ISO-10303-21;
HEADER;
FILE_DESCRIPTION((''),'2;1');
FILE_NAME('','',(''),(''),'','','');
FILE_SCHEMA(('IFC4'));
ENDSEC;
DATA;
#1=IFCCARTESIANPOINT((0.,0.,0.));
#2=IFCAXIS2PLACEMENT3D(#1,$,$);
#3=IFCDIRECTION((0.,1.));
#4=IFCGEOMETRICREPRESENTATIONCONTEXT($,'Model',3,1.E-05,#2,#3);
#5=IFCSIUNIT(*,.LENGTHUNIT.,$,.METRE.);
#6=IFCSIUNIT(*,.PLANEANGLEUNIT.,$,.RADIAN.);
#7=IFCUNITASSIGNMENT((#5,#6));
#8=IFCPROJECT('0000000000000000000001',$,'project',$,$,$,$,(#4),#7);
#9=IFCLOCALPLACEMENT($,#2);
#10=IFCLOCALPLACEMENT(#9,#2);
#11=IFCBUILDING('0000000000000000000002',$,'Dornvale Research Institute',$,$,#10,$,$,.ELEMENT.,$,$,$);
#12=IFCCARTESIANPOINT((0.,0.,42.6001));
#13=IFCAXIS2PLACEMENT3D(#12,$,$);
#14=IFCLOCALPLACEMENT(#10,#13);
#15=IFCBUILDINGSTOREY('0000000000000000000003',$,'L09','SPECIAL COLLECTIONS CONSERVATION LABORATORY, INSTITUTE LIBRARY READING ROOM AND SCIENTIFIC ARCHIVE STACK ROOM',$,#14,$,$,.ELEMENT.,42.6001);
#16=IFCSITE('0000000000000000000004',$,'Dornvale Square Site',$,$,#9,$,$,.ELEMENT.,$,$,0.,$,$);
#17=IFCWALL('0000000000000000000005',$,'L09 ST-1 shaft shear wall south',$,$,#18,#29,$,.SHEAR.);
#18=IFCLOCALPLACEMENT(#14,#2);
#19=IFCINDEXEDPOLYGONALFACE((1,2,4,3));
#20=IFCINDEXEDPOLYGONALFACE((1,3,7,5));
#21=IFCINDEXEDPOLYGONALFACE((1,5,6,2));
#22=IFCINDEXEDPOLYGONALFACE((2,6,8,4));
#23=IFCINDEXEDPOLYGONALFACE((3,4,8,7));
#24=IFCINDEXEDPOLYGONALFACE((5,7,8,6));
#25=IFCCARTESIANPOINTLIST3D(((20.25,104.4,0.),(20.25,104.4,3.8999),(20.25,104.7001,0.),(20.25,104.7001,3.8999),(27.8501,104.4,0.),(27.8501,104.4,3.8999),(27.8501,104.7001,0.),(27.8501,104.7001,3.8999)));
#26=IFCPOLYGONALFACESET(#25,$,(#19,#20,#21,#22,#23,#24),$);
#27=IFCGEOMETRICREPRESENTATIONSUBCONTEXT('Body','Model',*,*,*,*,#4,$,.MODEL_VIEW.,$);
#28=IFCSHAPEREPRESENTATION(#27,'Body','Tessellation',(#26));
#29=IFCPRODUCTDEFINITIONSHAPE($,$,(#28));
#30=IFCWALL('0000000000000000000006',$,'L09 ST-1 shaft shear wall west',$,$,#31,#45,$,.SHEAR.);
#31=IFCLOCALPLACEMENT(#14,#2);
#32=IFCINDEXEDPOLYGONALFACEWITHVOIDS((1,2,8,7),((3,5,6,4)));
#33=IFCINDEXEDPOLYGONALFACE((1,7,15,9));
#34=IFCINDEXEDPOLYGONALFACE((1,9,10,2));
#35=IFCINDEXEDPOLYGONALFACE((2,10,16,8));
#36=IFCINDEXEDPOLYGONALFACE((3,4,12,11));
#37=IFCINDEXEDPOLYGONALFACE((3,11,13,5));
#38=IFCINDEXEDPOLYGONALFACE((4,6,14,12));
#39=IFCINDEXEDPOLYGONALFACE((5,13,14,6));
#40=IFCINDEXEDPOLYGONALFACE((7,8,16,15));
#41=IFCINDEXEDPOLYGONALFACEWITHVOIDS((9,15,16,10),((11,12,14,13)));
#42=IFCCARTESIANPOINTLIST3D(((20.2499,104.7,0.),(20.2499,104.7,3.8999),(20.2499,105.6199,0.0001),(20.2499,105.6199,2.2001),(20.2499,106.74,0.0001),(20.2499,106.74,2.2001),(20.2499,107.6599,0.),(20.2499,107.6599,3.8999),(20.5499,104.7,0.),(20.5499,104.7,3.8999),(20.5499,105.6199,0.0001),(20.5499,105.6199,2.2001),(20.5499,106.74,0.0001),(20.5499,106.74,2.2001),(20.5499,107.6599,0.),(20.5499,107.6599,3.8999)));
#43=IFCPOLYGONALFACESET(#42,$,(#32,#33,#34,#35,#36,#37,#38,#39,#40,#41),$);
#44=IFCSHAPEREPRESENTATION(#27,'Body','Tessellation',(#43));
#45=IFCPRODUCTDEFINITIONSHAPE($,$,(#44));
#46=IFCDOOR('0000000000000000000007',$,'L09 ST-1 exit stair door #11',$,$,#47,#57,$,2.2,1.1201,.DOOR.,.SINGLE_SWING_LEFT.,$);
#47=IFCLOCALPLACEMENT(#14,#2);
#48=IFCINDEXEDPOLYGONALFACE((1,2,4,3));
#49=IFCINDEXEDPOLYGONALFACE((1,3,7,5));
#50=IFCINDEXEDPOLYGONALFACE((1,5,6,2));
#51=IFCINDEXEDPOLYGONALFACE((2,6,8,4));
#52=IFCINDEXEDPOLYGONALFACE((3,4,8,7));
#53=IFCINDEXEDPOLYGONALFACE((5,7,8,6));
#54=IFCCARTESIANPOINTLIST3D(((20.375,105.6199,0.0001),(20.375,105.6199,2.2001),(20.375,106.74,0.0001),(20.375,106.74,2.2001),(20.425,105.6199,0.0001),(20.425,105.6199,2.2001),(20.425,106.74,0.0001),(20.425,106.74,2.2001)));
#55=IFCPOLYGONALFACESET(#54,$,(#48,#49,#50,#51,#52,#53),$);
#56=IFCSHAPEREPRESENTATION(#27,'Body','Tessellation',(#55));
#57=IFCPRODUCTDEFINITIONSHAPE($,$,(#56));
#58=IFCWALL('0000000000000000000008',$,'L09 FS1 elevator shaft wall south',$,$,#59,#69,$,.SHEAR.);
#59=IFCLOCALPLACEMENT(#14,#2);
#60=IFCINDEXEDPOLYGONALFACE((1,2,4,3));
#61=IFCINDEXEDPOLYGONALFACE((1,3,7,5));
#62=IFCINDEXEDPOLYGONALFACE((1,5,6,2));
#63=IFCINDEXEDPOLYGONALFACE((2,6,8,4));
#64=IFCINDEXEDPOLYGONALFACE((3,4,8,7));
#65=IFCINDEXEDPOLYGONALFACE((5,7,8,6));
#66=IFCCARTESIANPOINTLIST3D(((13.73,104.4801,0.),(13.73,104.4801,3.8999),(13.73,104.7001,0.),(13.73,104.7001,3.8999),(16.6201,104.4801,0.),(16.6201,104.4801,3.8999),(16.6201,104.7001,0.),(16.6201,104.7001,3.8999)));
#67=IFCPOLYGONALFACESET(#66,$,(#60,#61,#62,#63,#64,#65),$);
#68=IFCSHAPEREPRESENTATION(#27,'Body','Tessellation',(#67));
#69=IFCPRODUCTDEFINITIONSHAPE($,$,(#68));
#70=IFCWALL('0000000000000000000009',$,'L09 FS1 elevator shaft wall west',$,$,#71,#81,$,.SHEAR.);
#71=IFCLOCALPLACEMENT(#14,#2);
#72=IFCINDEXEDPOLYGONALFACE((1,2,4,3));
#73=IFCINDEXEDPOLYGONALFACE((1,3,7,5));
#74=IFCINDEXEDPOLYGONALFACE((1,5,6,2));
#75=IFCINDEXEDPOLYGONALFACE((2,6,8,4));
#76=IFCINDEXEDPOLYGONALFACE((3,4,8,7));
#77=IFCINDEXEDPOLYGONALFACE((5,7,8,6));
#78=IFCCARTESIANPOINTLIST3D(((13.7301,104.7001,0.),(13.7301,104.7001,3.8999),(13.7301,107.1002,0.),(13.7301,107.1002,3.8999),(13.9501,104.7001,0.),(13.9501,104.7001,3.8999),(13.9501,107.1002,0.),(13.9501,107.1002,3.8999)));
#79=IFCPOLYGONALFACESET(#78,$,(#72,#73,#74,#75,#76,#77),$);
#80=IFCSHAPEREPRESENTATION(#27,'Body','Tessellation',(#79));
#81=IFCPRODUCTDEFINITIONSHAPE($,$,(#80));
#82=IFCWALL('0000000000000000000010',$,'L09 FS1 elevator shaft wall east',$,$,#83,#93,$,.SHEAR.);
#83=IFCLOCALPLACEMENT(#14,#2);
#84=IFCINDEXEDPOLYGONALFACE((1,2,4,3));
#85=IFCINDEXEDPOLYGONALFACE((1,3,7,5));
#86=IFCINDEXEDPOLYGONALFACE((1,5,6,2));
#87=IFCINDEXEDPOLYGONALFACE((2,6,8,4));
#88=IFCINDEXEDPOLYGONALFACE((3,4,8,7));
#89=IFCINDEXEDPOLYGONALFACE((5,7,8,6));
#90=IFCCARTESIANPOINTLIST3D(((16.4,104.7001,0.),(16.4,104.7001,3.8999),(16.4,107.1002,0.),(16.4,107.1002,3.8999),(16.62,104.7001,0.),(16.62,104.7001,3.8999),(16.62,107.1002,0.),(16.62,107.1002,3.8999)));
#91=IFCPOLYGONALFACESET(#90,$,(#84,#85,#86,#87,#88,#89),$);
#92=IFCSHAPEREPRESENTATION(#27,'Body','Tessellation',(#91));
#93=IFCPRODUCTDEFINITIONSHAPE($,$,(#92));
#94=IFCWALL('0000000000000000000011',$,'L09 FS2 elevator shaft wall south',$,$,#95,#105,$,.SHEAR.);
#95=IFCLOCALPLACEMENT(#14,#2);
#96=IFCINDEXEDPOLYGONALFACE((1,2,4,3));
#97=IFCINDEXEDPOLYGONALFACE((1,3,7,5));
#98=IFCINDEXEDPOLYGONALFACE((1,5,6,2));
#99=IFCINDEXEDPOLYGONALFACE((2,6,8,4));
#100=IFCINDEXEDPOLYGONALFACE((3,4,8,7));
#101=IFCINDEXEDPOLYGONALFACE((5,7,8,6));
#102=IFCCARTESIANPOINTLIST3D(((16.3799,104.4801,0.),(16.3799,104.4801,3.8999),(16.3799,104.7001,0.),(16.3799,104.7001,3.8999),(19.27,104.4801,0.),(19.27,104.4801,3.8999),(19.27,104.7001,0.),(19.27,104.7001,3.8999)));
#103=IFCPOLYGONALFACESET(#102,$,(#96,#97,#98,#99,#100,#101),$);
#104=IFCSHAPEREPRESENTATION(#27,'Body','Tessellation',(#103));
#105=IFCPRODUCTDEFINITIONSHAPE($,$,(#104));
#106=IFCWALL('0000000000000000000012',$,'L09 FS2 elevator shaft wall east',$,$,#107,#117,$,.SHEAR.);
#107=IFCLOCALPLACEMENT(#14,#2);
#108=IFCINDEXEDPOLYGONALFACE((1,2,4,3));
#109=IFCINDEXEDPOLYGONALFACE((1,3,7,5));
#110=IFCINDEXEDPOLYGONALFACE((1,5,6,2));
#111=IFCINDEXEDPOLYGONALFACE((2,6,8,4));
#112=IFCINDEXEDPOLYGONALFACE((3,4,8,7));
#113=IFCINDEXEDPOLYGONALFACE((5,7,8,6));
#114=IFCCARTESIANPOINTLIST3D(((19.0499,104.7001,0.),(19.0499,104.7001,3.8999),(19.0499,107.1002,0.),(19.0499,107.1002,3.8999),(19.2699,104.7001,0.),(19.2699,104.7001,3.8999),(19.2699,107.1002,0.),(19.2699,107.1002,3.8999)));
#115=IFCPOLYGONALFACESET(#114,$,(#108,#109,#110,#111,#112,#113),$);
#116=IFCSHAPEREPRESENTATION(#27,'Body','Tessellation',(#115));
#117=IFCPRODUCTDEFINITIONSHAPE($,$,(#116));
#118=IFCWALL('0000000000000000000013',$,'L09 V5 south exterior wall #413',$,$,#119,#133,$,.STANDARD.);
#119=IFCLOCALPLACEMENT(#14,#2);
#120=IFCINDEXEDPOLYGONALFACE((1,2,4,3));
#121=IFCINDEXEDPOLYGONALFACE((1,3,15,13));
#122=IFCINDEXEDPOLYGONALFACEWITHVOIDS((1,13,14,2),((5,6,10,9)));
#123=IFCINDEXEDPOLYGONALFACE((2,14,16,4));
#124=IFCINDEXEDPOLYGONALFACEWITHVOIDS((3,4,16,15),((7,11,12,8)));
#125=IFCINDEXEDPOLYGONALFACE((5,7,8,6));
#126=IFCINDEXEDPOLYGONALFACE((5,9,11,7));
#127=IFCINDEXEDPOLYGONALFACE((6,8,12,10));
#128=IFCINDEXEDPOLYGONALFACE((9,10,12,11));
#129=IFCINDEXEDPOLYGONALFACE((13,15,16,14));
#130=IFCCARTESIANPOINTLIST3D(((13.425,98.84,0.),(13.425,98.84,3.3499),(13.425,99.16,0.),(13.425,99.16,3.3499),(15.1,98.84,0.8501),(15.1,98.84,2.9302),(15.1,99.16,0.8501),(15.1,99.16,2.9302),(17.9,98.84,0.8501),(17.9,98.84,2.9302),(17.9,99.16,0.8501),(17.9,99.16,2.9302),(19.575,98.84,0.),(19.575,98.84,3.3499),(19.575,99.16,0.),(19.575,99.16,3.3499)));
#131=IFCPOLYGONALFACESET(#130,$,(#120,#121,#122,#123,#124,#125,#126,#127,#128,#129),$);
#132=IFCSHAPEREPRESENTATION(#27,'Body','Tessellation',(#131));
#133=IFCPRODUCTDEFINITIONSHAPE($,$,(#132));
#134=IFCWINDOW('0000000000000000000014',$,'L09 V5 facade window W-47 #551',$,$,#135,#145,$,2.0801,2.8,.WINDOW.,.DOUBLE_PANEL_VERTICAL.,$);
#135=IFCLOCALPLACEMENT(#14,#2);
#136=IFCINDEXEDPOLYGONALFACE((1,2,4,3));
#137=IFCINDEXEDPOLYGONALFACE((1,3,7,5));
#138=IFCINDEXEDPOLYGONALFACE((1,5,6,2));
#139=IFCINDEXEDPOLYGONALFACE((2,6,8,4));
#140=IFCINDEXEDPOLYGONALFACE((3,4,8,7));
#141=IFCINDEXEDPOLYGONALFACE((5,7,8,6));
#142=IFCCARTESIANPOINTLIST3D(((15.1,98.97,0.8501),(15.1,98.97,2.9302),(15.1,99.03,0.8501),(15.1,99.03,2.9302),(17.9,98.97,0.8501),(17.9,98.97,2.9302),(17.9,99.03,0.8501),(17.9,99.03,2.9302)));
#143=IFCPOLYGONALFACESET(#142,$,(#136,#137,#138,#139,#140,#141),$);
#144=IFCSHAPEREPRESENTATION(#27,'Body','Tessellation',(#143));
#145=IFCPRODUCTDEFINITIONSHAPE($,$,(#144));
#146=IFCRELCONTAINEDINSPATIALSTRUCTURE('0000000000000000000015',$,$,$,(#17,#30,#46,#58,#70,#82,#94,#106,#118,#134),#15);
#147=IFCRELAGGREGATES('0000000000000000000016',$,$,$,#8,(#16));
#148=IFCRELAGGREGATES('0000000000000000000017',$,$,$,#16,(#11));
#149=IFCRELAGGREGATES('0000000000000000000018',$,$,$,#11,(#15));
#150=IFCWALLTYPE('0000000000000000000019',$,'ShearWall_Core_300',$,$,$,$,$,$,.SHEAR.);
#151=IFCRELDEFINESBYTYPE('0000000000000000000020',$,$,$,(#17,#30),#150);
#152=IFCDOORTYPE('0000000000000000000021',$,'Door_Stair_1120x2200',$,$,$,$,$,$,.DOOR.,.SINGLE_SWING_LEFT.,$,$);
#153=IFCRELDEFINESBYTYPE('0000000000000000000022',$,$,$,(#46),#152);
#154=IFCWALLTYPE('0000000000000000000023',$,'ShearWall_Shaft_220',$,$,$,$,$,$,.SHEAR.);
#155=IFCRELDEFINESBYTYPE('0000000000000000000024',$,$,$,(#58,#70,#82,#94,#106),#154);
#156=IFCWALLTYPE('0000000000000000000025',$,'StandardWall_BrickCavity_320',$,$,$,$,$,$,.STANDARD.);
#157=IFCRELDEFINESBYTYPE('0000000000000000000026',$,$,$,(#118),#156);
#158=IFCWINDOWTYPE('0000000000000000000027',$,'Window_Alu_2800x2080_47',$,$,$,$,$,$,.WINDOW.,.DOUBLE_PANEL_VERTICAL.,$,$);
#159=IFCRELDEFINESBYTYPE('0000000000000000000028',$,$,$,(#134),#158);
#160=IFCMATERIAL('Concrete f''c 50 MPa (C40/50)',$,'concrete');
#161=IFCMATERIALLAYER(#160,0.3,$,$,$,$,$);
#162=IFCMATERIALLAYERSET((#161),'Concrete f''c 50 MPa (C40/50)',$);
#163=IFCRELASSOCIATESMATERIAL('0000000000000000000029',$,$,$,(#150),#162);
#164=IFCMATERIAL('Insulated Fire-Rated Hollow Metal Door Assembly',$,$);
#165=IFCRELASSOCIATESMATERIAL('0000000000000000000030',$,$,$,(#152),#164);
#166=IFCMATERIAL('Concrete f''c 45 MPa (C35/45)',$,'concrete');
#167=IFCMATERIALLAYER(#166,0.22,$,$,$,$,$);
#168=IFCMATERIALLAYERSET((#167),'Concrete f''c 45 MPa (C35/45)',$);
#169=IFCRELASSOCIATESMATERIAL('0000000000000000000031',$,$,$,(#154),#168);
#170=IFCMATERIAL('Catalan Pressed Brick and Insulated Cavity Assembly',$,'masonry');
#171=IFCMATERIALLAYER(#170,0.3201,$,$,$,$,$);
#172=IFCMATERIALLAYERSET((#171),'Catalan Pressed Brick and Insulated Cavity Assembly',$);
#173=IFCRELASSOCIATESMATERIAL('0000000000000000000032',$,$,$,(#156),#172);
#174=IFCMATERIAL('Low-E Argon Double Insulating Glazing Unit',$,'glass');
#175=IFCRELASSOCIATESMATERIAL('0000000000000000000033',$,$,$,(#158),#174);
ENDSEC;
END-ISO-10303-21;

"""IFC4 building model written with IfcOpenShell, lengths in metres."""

from ifc_helpers import new_model, si_unit, direction, frame, frame_2d, origin, place, context, subcontext, project, spatial, rectangle, extrude, material, layer, layer_set, type_object, element, fill, save


model = new_model("IFC4")

# Units and contexts
model_context = context("Model", 3, precision=1e-05, world=origin(), true_north=direction((0.0, 1.0)))
body_context = subcontext(model_context, "Body", "Model", "MODEL_VIEW")
ifc_project = project(units=[si_unit("LENGTHUNIT", "METRE"), si_unit("PLANEANGLEUNIT", "RADIAN")], contexts=[model_context])

# Site, building, storey
site_placement = place(None, origin())
site = spatial("IfcSite", under=ifc_project, at=site_placement, Name="Dornvale Square Site", CompositionType="ELEMENT", RefElevation=0.0)
building_placement = place(site_placement, origin())
building = spatial("IfcBuilding", under=site, at=building_placement, Name="Dornvale Research Institute", CompositionType="ELEMENT")
storey_placement = place(building_placement, frame((0.0, 0.0, 42.6001)))
storey = spatial("IfcBuildingStorey", under=building, at=storey_placement, Name="L09", Description="SPECIAL COLLECTIONS CONSERVATION LABORATORY, INSTITUTE LIBRARY READING ROOM AND SCIENTIFIC ARCHIVE STACK ROOM", CompositionType="ELEMENT", Elevation=42.6001)

# Wall
ifc_material_1 = material(Name="Concrete f'c 50 MPa (C40/50)", Category="concrete")
ifc_layer_1 = layer(ifc_material_1, 0.3)
ifc_layer_set_1 = layer_set([ifc_layer_1], Name="Concrete f'c 50 MPa (C40/50)")
wall_type_1 = type_object("IfcWallType", Name="ShearWall_Core_300", PredefinedType="SHEAR", material=ifc_layer_set_1)
wall_1_placement = place(storey_placement, frame((20.25, 104.55, 0.0), z_axis=(0.0, 0.0, 1.0), x_axis=(1.0, 0.0, 0.0)))
element("IfcWall", 1, at=wall_1_placement, inside=storey, type_object=wall_type_1, Name="L09 ST-1 shaft shear wall south", PredefinedType="SHEAR", context=body_context, shape_type="SweptSolid", body=[
    extrude(rectangle(XDim=7.6001, YDim=0.3, at=frame_2d((3.8, 0.0))), origin(), (0.0, 0.0, 1.0), 3.8999),
])

# Wall, opening, door
wall_2_placement = place(storey_placement, frame((20.3999, 104.7, 0.0), z_axis=(0.0, 0.0, 1.0), x_axis=(0.0, 1.0, 0.0)))
wall_2 = element("IfcWall", 2, at=wall_2_placement, inside=storey, type_object=wall_type_1, Name="L09 ST-1 shaft shear wall west", PredefinedType="SHEAR", context=body_context, shape_type="SweptSolid", body=[
    extrude(rectangle(XDim=2.96, YDim=0.3, at=frame_2d((1.48, 0.0))), origin(), (0.0, 0.0, 1.0), 3.8999),
])
opening_1_placement = place(wall_2_placement, frame((0.9199, 0.0, 0.0)))
opening_1 = element("IfcOpeningElement", 3, at=opening_1_placement, cuts=wall_2, PredefinedType="OPENING", context=body_context, shape_type="SweptSolid", body=[
    extrude(rectangle(XDim=1.1201, YDim=2.2, at=frame_2d((0.5601, 1.1001))), frame((0.0, 0.165, 0.0), z_axis=(0.0, -1.0, 0.0), x_axis=(1.0, 0.0, 0.0)), (0.0, 0.0, 1.0), 0.3301),
])
ifc_material_2 = material(Name="Insulated Fire-Rated Hollow Metal Door Assembly")
door_type = type_object("IfcDoorType", Name="Door_Stair_1120x2200", OperationType="SINGLE_SWING_LEFT", PredefinedType="DOOR", material=ifc_material_2)
door_placement = place(opening_1_placement, origin())
door = element("IfcDoor", 4, at=door_placement, inside=storey, type_object=door_type, Name="L09 ST-1 exit stair door #11", OperationType="SINGLE_SWING_LEFT", OverallHeight=2.2, OverallWidth=1.1201, PredefinedType="DOOR", context=body_context, shape_type="SweptSolid", body=[
    extrude(rectangle(XDim=1.1201, YDim=2.2, at=frame_2d((0.5601, 1.1001))), frame((0.0, 0.0249, 0.0), z_axis=(0.0, -1.0, 0.0), x_axis=(1.0, 0.0, 0.0)), (0.0, 0.0, 1.0), 0.05),
])
fill(opening_1, door)

# Walls
ifc_material_3 = material(Name="Concrete f'c 45 MPa (C35/45)", Category="concrete")
ifc_layer_2 = layer(ifc_material_3, 0.22)
ifc_layer_set_2 = layer_set([ifc_layer_2], Name="Concrete f'c 45 MPa (C35/45)")
wall_type_2 = type_object("IfcWallType", Name="ShearWall_Shaft_220", PredefinedType="SHEAR", material=ifc_layer_set_2)
wall_3_placement = place(storey_placement, frame((13.73, 104.5901, 0.0), z_axis=(0.0, 0.0, 1.0), x_axis=(1.0, 0.0, 0.0)))
element("IfcWall", 5, at=wall_3_placement, inside=storey, type_object=wall_type_2, Name="L09 FS1 elevator shaft wall south", PredefinedType="SHEAR", context=body_context, shape_type="SweptSolid", body=[
    extrude(rectangle(XDim=2.8901, YDim=0.22, at=frame_2d((1.4451, 0.0))), origin(), (0.0, 0.0, 1.0), 3.8999),
])
for number, where, z_axis, x_axis, name in (
    (6, (13.8401, 104.7, 0.0), (0.0, 0.0, 1.0), (0.0, 1.0, 0.0), "L09 FS1 elevator shaft wall west"),
    (7, (16.51, 104.7, 0.0), (0.0, 0.0, 1.0), (0.0, 1.0, 0.0), "L09 FS1 elevator shaft wall east"),
):
    element("IfcWall", number, at=place(storey_placement, frame(where, z_axis=z_axis, x_axis=x_axis)), inside=storey, type_object=wall_type_2, Name=name, PredefinedType="SHEAR", context=body_context, shape_type="SweptSolid", body=[
        extrude(rectangle(XDim=2.4001, YDim=0.22, at=frame_2d((1.2002, 0.0))), origin(), (0.0, 0.0, 1.0), 3.8999),
    ])
wall_4_placement = place(storey_placement, frame((16.3799, 104.5901, 0.0), z_axis=(0.0, 0.0, 1.0), x_axis=(1.0, 0.0, 0.0)))
element("IfcWall", 8, at=wall_4_placement, inside=storey, type_object=wall_type_2, Name="L09 FS2 elevator shaft wall south", PredefinedType="SHEAR", context=body_context, shape_type="SweptSolid", body=[
    extrude(rectangle(XDim=2.8901, YDim=0.22, at=frame_2d((1.4451, 0.0))), origin(), (0.0, 0.0, 1.0), 3.8999),
])
wall_5_placement = place(storey_placement, frame((19.1599, 104.7, 0.0), z_axis=(0.0, 0.0, 1.0), x_axis=(0.0, 1.0, 0.0)))
element("IfcWall", 9, at=wall_5_placement, inside=storey, type_object=wall_type_2, Name="L09 FS2 elevator shaft wall east", PredefinedType="SHEAR", context=body_context, shape_type="SweptSolid", body=[
    extrude(rectangle(XDim=2.4001, YDim=0.22, at=frame_2d((1.2002, 0.0))), origin(), (0.0, 0.0, 1.0), 3.8999),
])

# Wall, opening, window
ifc_material_4 = material(Name="Catalan Pressed Brick and Insulated Cavity Assembly", Category="masonry")
ifc_layer_3 = layer(ifc_material_4, 0.3201)
ifc_layer_set_3 = layer_set([ifc_layer_3], Name="Catalan Pressed Brick and Insulated Cavity Assembly")
wall_type_3 = type_object("IfcWallType", Name="StandardWall_BrickCavity_320", PredefinedType="STANDARD", material=ifc_layer_set_3)
wall_6_placement = place(storey_placement, frame((19.575, 99.0, 0.0), z_axis=(0.0, 0.0, 1.0), x_axis=(-1.0, 0.0, 0.0)))
wall_6 = element("IfcWall", 10, at=wall_6_placement, inside=storey, type_object=wall_type_3, Name="L09 V5 south exterior wall #413", PredefinedType="STANDARD", context=body_context, shape_type="SweptSolid", body=[
    extrude(rectangle(XDim=6.1499, YDim=0.3201, at=frame_2d((3.075, 0.0))), origin(), (0.0, 0.0, 1.0), 3.3499),
])
opening_2_placement = place(wall_6_placement, frame((1.675, 0.0, 0.8501)))
opening_2 = element("IfcOpeningElement", 11, at=opening_2_placement, cuts=wall_6, PredefinedType="OPENING", context=body_context, shape_type="SweptSolid", body=[
    extrude(rectangle(XDim=2.8, YDim=2.0801, at=frame_2d((1.3999, 1.04))), frame((0.0, 0.175, 0.0), z_axis=(0.0, -1.0, 0.0), x_axis=(1.0, 0.0, 0.0)), (0.0, 0.0, 1.0), 0.3501),
])
ifc_material_5 = material(Name="Low-E Argon Double Insulating Glazing Unit", Category="glass")
window_type = type_object("IfcWindowType", Name="Window_Alu_2800x2080_47", PartitioningType="DOUBLE_PANEL_VERTICAL", PredefinedType="WINDOW", material=ifc_material_5)
window_placement = place(opening_2_placement, origin())
window = element("IfcWindow", 12, at=window_placement, inside=storey, type_object=window_type, Name="L09 V5 facade window W-47 #551", OverallHeight=2.0801, OverallWidth=2.8, PartitioningType="DOUBLE_PANEL_VERTICAL", PredefinedType="WINDOW", context=body_context, shape_type="SweptSolid", body=[
    extrude(rectangle(XDim=2.8, YDim=2.0801, at=frame_2d((1.3999, 1.04))), frame((0.0, 0.03, 0.0), z_axis=(0.0, -1.0, 0.0), x_axis=(1.0, 0.0, 0.0)), (0.0, 0.0, 1.0), 0.0601),
])
fill(opening_2, window)

save(model, "model.ifc")
